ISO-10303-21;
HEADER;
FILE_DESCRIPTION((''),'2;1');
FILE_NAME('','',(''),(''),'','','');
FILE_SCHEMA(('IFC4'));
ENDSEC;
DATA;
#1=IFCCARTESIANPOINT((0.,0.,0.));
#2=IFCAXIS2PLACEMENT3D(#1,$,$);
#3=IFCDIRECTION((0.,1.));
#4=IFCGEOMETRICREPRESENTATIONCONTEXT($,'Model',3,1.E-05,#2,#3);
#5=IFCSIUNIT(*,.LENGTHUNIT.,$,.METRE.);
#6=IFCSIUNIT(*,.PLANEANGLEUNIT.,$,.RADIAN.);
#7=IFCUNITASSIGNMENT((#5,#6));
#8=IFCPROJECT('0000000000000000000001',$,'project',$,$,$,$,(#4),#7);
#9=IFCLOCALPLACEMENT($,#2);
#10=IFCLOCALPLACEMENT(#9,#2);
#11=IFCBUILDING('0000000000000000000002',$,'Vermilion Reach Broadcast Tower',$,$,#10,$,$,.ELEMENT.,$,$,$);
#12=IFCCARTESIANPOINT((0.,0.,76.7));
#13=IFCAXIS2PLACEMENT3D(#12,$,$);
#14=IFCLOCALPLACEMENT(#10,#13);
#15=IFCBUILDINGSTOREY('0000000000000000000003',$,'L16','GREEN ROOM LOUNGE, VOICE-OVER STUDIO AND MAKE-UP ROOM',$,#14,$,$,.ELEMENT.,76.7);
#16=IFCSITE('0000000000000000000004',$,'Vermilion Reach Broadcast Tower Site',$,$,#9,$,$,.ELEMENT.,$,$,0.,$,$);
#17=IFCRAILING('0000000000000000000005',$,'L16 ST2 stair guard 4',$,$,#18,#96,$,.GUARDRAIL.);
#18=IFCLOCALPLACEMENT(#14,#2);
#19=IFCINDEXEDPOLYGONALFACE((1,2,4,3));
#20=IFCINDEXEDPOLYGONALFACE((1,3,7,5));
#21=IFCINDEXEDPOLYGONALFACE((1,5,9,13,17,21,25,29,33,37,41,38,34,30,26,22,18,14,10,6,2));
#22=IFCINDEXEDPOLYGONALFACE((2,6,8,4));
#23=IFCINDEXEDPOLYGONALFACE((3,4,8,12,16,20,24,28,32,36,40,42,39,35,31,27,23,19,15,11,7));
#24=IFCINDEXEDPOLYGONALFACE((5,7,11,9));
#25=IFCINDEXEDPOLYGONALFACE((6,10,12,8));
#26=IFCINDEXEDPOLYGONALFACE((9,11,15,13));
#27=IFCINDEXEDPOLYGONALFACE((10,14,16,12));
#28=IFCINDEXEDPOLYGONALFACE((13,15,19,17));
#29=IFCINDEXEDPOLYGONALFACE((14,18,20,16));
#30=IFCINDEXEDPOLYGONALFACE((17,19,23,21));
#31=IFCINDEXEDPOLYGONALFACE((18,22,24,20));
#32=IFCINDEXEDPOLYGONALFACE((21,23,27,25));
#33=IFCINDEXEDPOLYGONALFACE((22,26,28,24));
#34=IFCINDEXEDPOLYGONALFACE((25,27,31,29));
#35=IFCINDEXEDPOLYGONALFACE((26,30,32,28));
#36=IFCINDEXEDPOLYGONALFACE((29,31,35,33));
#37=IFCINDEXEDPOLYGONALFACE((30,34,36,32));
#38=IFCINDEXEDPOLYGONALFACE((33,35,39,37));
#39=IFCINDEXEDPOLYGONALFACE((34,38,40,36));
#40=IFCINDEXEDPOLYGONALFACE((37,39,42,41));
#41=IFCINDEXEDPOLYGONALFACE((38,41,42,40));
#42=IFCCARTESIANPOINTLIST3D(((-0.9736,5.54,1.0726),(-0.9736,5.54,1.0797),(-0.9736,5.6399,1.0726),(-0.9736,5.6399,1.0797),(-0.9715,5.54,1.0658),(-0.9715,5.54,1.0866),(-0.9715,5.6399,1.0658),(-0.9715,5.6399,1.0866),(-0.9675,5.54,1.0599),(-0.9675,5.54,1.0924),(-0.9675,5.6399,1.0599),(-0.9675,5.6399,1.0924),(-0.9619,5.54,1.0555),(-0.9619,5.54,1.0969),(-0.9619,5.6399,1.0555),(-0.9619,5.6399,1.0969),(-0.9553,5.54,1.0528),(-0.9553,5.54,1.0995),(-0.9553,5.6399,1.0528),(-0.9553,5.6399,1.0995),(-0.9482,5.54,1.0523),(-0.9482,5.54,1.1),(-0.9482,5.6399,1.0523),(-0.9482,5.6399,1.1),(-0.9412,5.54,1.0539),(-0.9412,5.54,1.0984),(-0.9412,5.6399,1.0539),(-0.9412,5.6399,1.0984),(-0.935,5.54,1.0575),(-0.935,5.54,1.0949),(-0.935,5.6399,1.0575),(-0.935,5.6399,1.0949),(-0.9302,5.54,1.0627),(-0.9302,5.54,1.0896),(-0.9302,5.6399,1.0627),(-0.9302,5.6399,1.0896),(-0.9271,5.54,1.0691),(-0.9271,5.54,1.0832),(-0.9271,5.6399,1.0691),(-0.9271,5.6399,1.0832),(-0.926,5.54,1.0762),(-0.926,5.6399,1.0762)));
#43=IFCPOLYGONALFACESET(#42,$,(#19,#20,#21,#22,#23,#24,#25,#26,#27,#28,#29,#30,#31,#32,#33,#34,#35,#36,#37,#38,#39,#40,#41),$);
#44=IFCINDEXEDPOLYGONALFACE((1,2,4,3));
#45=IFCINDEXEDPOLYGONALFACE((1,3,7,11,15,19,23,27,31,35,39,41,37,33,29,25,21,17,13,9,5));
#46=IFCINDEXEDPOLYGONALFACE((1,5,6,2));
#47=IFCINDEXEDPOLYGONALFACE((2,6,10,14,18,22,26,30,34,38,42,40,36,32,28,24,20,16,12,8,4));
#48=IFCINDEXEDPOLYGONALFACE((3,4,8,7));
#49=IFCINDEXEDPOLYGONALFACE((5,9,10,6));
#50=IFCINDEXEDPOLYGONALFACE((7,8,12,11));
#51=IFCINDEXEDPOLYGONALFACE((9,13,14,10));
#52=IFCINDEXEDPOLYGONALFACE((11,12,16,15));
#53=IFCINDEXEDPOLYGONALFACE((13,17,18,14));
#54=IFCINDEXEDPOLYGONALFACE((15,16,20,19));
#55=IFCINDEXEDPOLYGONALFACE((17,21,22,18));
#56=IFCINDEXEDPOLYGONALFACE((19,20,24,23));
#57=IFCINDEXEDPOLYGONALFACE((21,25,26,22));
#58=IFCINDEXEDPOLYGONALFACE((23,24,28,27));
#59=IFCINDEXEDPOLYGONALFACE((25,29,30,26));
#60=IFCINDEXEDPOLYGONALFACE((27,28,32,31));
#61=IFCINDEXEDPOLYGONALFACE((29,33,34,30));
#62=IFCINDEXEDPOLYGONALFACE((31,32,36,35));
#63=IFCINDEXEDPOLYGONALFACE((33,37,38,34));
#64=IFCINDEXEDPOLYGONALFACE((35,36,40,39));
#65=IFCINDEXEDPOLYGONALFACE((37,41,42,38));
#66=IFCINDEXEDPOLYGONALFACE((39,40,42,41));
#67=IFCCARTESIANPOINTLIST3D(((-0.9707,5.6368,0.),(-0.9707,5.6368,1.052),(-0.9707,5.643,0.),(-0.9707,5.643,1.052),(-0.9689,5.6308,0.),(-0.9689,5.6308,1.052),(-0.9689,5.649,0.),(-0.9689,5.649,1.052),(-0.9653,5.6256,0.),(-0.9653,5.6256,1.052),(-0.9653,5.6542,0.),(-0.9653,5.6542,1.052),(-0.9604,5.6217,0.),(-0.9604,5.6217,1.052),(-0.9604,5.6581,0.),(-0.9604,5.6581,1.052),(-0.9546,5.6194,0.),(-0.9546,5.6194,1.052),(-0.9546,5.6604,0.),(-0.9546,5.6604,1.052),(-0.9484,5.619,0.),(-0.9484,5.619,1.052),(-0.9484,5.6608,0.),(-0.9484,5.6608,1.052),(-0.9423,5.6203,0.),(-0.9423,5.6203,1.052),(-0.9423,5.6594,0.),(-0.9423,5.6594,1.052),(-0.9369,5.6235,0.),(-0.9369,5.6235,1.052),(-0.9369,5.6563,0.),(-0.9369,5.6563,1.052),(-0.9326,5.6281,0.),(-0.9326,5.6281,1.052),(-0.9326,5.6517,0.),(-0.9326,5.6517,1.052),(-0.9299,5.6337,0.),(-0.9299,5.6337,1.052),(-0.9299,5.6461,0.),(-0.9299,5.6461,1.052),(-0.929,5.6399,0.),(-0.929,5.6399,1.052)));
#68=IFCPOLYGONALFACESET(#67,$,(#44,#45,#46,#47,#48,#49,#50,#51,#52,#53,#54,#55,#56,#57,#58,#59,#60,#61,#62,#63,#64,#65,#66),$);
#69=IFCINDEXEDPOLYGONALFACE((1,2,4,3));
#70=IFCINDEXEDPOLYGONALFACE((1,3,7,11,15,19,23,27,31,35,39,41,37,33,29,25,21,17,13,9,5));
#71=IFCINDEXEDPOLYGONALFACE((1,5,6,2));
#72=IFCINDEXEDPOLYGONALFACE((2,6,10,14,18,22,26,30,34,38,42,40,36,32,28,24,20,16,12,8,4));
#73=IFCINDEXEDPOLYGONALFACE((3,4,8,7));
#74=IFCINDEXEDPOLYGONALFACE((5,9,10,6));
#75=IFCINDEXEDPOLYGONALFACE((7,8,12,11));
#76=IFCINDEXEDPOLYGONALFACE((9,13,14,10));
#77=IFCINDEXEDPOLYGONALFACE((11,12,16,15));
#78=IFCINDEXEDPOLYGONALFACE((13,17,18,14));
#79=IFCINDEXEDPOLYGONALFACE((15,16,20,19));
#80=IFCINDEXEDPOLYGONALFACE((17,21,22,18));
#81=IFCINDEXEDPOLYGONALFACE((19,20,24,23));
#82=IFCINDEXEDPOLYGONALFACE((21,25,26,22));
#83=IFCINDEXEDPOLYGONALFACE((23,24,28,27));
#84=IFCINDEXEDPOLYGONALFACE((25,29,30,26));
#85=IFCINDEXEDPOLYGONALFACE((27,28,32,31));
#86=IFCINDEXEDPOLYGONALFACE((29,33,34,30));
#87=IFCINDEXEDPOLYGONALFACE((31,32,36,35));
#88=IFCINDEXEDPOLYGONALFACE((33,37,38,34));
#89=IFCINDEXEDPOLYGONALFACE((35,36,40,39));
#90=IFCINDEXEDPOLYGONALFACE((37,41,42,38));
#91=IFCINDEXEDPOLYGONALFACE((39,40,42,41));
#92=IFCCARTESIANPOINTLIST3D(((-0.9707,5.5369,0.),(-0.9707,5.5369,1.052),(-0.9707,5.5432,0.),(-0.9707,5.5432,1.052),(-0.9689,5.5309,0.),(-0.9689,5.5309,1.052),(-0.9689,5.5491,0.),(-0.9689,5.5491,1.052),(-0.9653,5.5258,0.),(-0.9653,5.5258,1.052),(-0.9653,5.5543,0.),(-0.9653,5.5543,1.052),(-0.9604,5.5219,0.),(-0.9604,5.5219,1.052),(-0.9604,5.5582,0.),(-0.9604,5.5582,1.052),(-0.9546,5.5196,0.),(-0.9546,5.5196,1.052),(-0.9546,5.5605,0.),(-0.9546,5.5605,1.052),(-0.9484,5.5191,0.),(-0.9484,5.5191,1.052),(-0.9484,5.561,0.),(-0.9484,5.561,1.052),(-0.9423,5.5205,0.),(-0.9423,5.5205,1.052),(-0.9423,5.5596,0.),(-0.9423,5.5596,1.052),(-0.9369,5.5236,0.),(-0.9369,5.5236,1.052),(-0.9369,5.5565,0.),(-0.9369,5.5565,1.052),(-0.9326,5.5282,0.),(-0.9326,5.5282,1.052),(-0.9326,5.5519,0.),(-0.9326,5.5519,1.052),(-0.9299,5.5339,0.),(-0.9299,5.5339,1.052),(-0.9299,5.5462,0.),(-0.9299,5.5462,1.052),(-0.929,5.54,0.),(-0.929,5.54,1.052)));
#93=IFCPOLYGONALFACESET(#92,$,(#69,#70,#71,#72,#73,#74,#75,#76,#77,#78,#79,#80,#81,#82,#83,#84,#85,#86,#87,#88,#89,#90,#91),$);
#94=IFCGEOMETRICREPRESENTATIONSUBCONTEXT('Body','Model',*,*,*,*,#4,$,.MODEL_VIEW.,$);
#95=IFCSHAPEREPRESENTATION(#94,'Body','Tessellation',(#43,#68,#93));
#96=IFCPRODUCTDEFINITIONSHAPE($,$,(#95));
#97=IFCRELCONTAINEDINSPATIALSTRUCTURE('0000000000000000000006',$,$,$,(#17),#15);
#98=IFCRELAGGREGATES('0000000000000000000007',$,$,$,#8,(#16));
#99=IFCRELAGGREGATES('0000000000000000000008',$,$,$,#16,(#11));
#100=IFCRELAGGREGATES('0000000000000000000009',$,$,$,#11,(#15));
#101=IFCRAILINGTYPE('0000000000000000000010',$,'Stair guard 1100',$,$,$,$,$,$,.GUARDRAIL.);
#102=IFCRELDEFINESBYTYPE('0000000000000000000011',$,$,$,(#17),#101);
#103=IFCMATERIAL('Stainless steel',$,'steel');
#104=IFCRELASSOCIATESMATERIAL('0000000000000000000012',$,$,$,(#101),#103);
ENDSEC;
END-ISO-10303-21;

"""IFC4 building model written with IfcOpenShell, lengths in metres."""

from ifc_helpers import new_model, si_unit, direction, frame, origin, origin_2d, place, context, subcontext, project, spatial, circle, extrude, material, type_object, element, save


model = new_model("IFC4")

# Units and contexts
model_context = context("Model", 3, precision=1e-05, world=origin(), true_north=direction((0.0, 1.0)))
body_context = subcontext(model_context, "Body", "Model", "MODEL_VIEW")
ifc_project = project(units=[si_unit("LENGTHUNIT", "METRE"), si_unit("PLANEANGLEUNIT", "RADIAN")], contexts=[model_context])

# Site, building, storey
site_placement = place(None, origin())
site = spatial("IfcSite", under=ifc_project, at=site_placement, Name="Vermilion Reach Broadcast Tower Site", CompositionType="ELEMENT", RefElevation=0.0)
building_placement = place(site_placement, origin())
building = spatial("IfcBuilding", under=site, at=building_placement, Name="Vermilion Reach Broadcast Tower", CompositionType="ELEMENT")
storey_placement = place(building_placement, frame((0.0, 0.0, 76.7)))
storey = spatial("IfcBuildingStorey", under=building, at=storey_placement, Name="L16", Description="GREEN ROOM LOUNGE, VOICE-OVER STUDIO AND MAKE-UP ROOM", CompositionType="ELEMENT", Elevation=76.7)

# Railing
ifc_material_1 = material(Name="Stainless steel", Category="steel")
railing_type_1 = type_object("IfcRailingType", Name="Stair guard 1100", PredefinedType="GUARDRAIL", material=ifc_material_1)
railing_1_placement = place(storey_placement, frame((-0.95, 5.6399, 0.0)))
element("IfcRailing", 1, at=railing_1_placement, inside=storey, type_object=railing_type_1, Name="L16 ST2 stair guard 4", PredefinedType="GUARDRAIL", context=body_context, shape_type="SweptSolid", body=[
    extrude(circle(Radius=0.0239, at=origin_2d()), frame((0.0, 0.0, 1.0762), z_axis=(0.0, -1.0, 0.0), x_axis=(1.0, 0.0, 0.0)), (0.0, 0.0, 1.0), 0.0999),
    extrude(circle(Radius=0.021, at=origin_2d()), origin(), (0.0, 0.0, 1.0), 1.052),
    extrude(circle(Radius=0.021, at=origin_2d()), frame((0.0, -0.0999, 0.0)), (0.0, 0.0, 1.0), 1.052),
])

save(model, "model.ifc")
